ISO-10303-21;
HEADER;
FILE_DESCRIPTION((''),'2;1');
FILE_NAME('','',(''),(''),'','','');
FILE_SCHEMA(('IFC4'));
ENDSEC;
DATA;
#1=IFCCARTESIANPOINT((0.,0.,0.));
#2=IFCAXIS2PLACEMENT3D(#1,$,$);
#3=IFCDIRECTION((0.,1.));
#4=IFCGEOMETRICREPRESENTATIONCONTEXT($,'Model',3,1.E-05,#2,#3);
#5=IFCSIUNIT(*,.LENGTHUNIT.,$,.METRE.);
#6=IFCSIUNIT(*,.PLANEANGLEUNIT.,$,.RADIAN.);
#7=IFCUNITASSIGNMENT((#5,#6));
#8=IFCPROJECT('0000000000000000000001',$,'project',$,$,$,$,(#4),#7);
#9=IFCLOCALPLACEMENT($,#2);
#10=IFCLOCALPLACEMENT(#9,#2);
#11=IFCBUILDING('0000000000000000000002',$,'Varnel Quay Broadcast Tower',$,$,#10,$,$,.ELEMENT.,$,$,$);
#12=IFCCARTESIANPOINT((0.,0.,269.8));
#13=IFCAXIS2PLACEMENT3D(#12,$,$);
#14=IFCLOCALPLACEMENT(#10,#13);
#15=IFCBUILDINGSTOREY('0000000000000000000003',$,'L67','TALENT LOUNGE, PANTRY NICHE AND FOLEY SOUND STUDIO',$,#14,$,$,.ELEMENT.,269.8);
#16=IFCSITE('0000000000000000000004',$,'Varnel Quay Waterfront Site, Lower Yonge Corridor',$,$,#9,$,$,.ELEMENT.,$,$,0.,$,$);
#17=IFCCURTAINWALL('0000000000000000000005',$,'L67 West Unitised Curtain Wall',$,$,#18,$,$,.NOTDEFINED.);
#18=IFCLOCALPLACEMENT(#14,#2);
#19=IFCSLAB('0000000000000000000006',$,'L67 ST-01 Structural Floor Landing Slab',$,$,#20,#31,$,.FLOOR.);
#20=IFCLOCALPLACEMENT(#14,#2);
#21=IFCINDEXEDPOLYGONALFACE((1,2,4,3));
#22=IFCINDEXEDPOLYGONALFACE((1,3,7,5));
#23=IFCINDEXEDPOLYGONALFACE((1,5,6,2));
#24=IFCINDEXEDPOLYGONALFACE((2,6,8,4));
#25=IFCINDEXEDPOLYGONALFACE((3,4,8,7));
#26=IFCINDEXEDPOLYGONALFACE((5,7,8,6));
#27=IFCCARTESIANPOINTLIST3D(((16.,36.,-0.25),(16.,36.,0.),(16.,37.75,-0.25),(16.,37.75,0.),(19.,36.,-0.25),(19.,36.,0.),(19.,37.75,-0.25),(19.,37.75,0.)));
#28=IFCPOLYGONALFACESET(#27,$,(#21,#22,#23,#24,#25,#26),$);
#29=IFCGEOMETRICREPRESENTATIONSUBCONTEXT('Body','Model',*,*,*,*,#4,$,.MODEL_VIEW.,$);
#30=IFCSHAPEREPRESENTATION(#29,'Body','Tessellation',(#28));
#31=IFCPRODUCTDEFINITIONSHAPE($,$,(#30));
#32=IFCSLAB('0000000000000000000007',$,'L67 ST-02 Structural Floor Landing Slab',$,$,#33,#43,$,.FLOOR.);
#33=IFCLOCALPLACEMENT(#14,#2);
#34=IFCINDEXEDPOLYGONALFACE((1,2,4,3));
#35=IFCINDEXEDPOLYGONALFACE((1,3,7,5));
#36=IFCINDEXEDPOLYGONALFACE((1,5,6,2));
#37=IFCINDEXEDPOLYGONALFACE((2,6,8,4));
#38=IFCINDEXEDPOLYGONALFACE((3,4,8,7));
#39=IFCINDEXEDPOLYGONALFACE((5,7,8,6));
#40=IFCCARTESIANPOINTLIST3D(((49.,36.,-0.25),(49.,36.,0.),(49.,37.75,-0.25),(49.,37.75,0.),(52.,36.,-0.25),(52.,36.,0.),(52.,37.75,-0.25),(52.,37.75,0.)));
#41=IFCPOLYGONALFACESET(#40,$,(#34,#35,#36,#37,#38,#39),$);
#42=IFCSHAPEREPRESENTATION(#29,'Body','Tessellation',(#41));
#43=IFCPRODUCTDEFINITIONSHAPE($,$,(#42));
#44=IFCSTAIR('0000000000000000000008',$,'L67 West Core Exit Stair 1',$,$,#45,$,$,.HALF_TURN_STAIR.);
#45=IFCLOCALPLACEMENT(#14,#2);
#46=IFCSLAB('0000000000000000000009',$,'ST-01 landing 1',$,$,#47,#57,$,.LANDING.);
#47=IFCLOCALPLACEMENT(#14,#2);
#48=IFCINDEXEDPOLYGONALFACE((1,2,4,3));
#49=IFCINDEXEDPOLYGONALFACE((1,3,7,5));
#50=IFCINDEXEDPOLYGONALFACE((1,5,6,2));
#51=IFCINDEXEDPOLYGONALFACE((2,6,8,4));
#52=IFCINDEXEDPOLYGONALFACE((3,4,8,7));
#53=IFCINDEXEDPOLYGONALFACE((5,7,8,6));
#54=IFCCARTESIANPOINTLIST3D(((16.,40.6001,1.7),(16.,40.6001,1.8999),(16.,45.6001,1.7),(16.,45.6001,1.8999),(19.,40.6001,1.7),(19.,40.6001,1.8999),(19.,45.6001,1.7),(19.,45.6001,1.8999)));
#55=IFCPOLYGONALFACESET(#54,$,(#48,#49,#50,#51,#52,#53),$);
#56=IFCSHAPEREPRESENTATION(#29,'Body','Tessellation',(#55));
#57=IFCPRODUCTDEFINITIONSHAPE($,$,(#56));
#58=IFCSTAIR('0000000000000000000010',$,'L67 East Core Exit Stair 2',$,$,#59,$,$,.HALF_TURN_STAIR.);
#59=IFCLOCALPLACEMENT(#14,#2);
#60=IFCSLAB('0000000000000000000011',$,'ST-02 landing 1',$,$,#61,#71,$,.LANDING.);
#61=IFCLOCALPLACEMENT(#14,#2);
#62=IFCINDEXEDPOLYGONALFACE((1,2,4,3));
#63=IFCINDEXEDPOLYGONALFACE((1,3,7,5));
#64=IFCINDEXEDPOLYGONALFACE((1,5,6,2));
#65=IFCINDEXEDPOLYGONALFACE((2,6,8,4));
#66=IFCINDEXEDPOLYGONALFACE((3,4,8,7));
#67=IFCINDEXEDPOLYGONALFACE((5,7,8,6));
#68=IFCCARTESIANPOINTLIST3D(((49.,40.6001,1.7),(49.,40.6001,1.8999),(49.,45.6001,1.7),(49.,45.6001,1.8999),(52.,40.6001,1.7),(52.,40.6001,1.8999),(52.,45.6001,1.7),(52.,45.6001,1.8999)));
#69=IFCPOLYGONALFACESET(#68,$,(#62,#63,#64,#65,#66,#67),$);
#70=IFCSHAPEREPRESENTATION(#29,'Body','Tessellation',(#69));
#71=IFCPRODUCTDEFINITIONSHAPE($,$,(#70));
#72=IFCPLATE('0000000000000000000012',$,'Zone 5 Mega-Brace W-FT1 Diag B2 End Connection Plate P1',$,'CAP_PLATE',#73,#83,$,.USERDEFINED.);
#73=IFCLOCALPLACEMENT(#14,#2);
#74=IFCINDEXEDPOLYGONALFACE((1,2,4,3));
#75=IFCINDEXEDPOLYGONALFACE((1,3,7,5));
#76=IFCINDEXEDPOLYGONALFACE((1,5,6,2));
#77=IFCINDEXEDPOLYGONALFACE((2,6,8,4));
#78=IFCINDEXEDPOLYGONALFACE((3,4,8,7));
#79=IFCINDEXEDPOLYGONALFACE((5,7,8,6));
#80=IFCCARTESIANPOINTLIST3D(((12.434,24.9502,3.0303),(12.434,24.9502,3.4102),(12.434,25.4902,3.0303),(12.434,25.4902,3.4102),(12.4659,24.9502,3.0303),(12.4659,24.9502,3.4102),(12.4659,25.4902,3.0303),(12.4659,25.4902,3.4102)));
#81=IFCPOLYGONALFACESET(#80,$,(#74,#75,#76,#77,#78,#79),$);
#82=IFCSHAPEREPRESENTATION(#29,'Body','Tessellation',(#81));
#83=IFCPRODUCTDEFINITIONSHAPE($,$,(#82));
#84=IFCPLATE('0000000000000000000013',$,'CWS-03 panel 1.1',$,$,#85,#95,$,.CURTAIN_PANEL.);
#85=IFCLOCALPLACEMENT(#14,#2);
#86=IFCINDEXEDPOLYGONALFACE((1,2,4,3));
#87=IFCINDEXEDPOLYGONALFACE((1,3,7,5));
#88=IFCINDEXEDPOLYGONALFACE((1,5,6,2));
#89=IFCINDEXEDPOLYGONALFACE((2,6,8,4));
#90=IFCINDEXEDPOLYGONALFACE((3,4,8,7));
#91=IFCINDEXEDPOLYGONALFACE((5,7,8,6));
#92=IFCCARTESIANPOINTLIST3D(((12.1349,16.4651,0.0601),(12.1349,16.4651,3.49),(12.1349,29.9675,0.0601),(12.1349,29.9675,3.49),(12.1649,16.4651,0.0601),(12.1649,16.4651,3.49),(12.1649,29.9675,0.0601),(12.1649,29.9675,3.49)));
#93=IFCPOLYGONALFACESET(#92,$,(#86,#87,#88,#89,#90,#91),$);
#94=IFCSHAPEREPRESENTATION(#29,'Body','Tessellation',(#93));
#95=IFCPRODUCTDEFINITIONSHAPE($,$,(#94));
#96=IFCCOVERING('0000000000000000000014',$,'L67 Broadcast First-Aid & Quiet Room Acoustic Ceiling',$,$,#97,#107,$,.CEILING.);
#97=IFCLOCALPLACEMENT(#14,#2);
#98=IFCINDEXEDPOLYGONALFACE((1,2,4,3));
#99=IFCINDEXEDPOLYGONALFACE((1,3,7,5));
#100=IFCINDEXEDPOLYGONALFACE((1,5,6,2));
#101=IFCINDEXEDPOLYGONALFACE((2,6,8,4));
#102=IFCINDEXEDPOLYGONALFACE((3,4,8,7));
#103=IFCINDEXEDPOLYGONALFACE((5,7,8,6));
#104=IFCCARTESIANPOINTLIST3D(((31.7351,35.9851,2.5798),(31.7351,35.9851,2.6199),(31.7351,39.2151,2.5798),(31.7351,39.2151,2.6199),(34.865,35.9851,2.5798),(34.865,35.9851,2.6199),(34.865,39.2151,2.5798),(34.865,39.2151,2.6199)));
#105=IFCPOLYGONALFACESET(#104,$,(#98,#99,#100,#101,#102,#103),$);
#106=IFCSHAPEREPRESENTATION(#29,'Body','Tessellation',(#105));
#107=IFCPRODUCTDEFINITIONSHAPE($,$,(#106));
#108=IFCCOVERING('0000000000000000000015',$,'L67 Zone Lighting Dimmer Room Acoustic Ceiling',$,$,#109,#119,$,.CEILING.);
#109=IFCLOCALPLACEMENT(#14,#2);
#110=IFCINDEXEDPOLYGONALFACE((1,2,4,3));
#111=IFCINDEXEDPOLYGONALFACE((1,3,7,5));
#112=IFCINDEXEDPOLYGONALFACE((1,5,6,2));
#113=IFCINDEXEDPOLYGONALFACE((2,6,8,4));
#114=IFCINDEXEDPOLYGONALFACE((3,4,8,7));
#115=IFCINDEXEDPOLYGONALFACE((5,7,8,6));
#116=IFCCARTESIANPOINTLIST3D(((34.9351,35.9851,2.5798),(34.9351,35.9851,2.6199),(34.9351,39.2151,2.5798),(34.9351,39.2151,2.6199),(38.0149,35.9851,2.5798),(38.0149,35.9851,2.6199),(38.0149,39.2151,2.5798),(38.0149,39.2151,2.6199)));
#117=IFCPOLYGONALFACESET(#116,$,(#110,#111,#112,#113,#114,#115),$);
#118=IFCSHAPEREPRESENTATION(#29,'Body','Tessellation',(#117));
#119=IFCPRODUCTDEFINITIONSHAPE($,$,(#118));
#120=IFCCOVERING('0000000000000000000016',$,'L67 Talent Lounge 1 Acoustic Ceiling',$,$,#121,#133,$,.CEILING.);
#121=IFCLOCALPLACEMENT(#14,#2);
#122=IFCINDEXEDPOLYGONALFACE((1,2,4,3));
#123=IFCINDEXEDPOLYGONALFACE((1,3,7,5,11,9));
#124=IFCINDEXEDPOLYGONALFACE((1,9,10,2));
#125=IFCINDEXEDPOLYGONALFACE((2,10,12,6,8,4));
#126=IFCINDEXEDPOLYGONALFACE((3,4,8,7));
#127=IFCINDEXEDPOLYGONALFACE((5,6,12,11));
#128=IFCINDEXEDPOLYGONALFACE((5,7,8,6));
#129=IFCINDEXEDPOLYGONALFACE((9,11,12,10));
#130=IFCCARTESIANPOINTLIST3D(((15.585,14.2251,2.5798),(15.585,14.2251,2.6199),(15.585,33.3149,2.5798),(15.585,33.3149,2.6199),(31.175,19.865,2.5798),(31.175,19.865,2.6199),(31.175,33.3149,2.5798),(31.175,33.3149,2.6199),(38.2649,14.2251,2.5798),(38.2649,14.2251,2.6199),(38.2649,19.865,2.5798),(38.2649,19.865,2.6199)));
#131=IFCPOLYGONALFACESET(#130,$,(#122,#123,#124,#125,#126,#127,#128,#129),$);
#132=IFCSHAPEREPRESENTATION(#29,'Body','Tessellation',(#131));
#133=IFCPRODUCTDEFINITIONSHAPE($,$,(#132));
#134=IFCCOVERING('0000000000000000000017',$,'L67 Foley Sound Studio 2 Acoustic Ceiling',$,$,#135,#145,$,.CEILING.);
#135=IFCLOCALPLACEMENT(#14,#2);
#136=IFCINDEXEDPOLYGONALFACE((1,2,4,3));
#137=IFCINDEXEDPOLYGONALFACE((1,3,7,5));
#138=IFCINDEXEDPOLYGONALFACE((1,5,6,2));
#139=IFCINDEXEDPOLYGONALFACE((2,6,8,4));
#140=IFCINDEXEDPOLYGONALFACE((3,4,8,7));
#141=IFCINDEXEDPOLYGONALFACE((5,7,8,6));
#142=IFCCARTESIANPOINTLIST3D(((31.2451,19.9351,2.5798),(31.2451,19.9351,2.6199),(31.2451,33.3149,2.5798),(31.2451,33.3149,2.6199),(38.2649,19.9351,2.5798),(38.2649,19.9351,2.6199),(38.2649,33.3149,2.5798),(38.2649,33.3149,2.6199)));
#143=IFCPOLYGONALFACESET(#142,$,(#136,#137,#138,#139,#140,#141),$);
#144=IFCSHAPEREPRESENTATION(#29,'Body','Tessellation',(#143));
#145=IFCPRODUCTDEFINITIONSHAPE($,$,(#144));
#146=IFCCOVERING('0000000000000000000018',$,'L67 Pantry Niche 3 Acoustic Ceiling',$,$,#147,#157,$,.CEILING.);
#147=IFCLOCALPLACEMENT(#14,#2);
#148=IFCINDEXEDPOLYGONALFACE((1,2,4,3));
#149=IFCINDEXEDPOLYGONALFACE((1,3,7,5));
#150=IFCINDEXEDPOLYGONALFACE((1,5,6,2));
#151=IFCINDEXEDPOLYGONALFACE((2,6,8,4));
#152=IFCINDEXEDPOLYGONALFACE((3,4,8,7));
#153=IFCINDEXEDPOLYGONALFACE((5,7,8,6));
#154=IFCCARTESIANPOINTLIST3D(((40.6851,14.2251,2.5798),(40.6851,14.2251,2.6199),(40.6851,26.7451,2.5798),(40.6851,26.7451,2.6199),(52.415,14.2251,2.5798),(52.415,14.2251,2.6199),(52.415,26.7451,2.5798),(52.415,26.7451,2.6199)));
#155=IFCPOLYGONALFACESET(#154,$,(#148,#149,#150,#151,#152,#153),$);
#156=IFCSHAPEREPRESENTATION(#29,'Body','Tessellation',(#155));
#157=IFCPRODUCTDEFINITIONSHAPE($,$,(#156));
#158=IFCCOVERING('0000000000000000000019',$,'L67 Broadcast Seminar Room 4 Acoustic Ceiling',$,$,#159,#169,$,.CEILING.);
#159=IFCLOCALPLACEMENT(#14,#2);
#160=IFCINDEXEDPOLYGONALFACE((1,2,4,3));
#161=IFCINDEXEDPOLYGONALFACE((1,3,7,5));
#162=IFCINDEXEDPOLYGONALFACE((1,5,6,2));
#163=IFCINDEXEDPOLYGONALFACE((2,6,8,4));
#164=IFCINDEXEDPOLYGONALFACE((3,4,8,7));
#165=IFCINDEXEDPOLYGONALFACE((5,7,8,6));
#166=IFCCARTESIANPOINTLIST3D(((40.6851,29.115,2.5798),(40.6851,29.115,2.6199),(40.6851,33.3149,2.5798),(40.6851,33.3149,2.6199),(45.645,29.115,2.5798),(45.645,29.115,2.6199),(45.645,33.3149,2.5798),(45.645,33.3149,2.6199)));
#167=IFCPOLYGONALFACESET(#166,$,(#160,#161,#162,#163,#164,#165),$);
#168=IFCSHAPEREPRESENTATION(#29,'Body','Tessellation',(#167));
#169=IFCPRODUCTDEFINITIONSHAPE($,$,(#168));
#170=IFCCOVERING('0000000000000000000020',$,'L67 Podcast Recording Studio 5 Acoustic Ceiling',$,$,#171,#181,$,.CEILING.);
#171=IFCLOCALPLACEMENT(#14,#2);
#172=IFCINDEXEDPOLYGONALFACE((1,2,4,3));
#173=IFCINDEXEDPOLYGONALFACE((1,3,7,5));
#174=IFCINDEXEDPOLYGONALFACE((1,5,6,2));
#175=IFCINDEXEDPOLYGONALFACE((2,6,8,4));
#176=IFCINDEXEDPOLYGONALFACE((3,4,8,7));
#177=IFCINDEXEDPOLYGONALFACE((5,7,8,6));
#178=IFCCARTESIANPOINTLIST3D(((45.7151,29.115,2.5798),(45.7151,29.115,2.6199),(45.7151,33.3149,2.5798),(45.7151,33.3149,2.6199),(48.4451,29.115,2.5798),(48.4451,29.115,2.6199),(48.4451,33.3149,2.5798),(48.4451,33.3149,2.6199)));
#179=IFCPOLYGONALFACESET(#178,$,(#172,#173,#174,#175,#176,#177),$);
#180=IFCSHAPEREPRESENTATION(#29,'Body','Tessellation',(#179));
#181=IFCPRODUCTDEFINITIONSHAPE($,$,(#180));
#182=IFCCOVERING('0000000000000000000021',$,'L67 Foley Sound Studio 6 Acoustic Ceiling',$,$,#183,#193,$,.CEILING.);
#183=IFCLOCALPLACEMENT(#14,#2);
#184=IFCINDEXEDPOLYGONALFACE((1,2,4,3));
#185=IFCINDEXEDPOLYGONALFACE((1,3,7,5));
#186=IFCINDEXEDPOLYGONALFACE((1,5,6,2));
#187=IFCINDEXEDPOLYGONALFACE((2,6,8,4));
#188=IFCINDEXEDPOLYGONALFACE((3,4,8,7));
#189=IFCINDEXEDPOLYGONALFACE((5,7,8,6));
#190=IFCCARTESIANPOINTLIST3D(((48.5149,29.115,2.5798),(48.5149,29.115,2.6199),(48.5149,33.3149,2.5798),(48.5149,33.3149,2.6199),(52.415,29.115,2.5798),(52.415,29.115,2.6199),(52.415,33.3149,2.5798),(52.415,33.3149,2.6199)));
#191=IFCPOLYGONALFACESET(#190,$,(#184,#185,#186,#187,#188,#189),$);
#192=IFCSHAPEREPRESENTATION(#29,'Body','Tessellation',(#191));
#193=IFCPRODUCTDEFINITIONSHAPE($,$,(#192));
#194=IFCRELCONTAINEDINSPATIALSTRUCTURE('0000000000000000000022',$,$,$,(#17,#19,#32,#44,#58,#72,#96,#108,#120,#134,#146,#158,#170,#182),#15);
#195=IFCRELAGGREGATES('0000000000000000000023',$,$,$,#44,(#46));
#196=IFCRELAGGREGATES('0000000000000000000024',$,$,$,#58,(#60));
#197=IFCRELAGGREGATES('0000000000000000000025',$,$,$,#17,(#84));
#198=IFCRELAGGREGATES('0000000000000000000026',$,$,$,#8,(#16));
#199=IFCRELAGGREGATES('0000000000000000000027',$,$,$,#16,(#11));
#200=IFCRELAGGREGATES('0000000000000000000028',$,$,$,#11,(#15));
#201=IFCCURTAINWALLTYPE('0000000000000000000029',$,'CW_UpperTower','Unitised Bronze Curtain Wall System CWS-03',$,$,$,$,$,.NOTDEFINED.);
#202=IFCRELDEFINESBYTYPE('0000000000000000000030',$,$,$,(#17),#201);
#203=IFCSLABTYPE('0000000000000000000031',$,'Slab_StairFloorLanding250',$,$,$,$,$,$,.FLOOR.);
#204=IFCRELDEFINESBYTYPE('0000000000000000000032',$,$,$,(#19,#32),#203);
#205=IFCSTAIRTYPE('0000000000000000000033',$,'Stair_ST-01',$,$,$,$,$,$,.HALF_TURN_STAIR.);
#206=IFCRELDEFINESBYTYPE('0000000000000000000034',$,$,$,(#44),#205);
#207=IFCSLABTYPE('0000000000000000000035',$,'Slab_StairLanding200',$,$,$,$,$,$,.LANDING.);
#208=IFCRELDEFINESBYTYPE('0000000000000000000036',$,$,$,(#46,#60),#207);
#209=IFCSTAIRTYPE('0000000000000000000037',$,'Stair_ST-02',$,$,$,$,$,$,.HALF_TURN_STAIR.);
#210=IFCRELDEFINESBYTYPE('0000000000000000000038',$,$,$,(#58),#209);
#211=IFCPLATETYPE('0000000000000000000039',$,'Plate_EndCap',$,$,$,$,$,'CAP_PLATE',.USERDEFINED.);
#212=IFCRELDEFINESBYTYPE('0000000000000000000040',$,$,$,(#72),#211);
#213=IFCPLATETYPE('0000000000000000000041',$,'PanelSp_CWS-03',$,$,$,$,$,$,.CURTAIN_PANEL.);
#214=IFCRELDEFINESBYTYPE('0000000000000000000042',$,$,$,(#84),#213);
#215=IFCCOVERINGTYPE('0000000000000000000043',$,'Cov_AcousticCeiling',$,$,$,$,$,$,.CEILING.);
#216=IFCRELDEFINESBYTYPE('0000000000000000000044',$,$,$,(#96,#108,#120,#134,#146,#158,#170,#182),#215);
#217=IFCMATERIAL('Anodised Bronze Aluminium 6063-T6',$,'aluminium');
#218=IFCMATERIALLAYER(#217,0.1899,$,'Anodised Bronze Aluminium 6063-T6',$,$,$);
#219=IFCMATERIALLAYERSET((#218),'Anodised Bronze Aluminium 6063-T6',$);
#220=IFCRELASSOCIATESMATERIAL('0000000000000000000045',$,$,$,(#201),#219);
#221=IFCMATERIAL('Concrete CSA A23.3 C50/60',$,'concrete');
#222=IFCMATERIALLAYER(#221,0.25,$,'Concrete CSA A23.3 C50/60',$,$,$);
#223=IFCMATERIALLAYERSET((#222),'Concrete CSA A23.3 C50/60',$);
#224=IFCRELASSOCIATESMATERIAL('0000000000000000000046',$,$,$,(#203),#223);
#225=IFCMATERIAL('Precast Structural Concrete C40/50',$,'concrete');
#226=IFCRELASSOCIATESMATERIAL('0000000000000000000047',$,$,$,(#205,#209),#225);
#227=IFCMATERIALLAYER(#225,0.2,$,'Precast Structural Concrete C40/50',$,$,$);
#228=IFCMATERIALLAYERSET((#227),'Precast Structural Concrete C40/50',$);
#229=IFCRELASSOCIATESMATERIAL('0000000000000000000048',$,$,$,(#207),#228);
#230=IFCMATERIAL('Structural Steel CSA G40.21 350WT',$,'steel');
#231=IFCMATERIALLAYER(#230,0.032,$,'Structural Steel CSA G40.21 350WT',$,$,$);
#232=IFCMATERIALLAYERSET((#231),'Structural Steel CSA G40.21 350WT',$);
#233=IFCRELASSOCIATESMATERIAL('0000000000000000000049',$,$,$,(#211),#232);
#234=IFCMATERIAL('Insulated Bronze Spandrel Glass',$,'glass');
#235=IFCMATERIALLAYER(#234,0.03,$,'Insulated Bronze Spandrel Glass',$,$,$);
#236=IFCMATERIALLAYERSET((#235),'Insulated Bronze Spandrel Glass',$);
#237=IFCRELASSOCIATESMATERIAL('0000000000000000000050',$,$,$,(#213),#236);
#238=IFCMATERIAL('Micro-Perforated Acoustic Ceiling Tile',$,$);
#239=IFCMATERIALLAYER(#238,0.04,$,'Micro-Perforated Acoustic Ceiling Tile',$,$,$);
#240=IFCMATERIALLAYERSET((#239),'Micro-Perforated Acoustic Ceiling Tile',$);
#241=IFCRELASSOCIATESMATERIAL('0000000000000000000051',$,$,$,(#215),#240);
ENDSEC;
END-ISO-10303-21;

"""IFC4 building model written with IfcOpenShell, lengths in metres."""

from ifc_helpers import new_model, si_unit, direction, frame, origin, origin_2d, place, context, subcontext, project, spatial, polyline, rectangle, outline, extrude, source, transform, mapped, material, layer, layer_set, type_object, type_shapes, element, aggregate, save


model = new_model("IFC4")

# Units and contexts
model_context = context("Model", 3, precision=1e-05, world=origin(), true_north=direction((0.0, 1.0)))
body_context = subcontext(model_context, "Body", "Model", "MODEL_VIEW")
ifc_project = project(units=[si_unit("LENGTHUNIT", "METRE"), si_unit("PLANEANGLEUNIT", "RADIAN")], contexts=[model_context])

# Site, building, storey
site_placement = place(None, origin())
site = spatial("IfcSite", under=ifc_project, at=site_placement, Name="Varnel Quay Waterfront Site, Lower Yonge Corridor", CompositionType="ELEMENT", RefElevation=0.0)
building_placement = place(site_placement, origin())
building = spatial("IfcBuilding", under=site, at=building_placement, Name="Varnel Quay Broadcast Tower", CompositionType="ELEMENT")
storey_placement = place(building_placement, frame((0.0, 0.0, 269.8)))
storey = spatial("IfcBuildingStorey", under=building, at=storey_placement, Name="L67", Description="TALENT LOUNGE, PANTRY NICHE AND FOLEY SOUND STUDIO", CompositionType="ELEMENT", Elevation=269.8)

# Shared definitions
ifc_material_1 = material(Name="Anodised Bronze Aluminium 6063-T6", Category="aluminium")

# Curtain wall
ifc_layer_1 = layer(ifc_material_1, 0.1899, Name="Anodised Bronze Aluminium 6063-T6")
ifc_layer_set_1 = layer_set([ifc_layer_1], Name="Anodised Bronze Aluminium 6063-T6")
curtain_wall_type_1 = type_object("IfcCurtainWallType", Name="CW_UpperTower", Description="Unitised Bronze Curtain Wall System CWS-03", PredefinedType="NOTDEFINED", material=ifc_layer_set_1)
curtain_wall_1_placement = place(storey_placement, origin())
curtain_wall_1 = element("IfcCurtainWall", 1, at=curtain_wall_1_placement, inside=storey, type_object=curtain_wall_type_1, Name="L67 West Unitised Curtain Wall", PredefinedType="NOTDEFINED")

# Slabs
ifc_material_2 = material(Name="Concrete CSA A23.3 C50/60", Category="concrete")
ifc_layer_2 = layer(ifc_material_2, 0.25, Name="Concrete CSA A23.3 C50/60")
ifc_layer_set_2 = layer_set([ifc_layer_2], Name="Concrete CSA A23.3 C50/60")
slab_type_1 = type_object("IfcSlabType", Name="Slab_StairFloorLanding250", PredefinedType="FLOOR", material=ifc_layer_set_2)
slab_1_placement = place(storey_placement, frame((0.0, 0.0, -0.25)))
element("IfcSlab", 2, at=slab_1_placement, inside=storey, type_object=slab_type_1, Name="L67 ST-01 Structural Floor Landing Slab", PredefinedType="FLOOR", context=body_context, shape_type="SweptSolid", body=[
    extrude(outline(polyline([(19.0, 36.0), (19.0, 37.75), (16.0, 37.75), (16.0, 36.0), (19.0, 36.0)])), origin(), (0.0, 0.0, 1.0), 0.25),
])
slab_2_placement = place(storey_placement, frame((0.0, 0.0, -0.25)))
element("IfcSlab", 3, at=slab_2_placement, inside=storey, type_object=slab_type_1, Name="L67 ST-02 Structural Floor Landing Slab", PredefinedType="FLOOR", context=body_context, shape_type="SweptSolid", body=[
    extrude(outline(polyline([(52.0, 36.0), (52.0, 37.75), (49.0, 37.75), (49.0, 36.0), (52.0, 36.0)])), origin(), (0.0, 0.0, 1.0), 0.25),
])

# Stairs, slabs
ifc_material_3 = material(Name="Precast Structural Concrete C40/50", Category="concrete")
stair_type_1 = type_object("IfcStairType", Name="Stair_ST-01", PredefinedType="HALF_TURN_STAIR", material=ifc_material_3)
stair_1_placement = place(storey_placement, origin())
stair_1 = element("IfcStair", 4, at=stair_1_placement, inside=storey, type_object=stair_type_1, Name="L67 West Core Exit Stair 1", PredefinedType="HALF_TURN_STAIR")
ifc_layer_3 = layer(ifc_material_3, 0.2, Name="Precast Structural Concrete C40/50")
ifc_layer_set_3 = layer_set([ifc_layer_3], Name="Precast Structural Concrete C40/50")
slab_type_2 = type_object("IfcSlabType", Name="Slab_StairLanding200", PredefinedType="LANDING", material=ifc_layer_set_3)
slab_3_placement = place(storey_placement, frame((0.0, 0.0, 1.7)))
slab_3 = element("IfcSlab", 5, at=slab_3_placement, type_object=slab_type_2, Name="ST-01 landing 1", PredefinedType="LANDING", context=body_context, shape_type="SweptSolid", body=[
    extrude(outline(polyline([(19.0, 40.6001), (19.0, 45.6001), (16.0, 45.6001), (16.0, 40.6001), (19.0, 40.6001)])), origin(), (0.0, 0.0, 1.0), 0.2),
])
aggregate(stair_1, [slab_3])
stair_type_2 = type_object("IfcStairType", Name="Stair_ST-02", PredefinedType="HALF_TURN_STAIR", material=ifc_material_3)
stair_2_placement = place(storey_placement, origin())
stair_2 = element("IfcStair", 6, at=stair_2_placement, inside=storey, type_object=stair_type_2, Name="L67 East Core Exit Stair 2", PredefinedType="HALF_TURN_STAIR")
slab_4_placement = place(storey_placement, frame((0.0, 0.0, 1.7)))
slab_4 = element("IfcSlab", 7, at=slab_4_placement, type_object=slab_type_2, Name="ST-02 landing 1", PredefinedType="LANDING", context=body_context, shape_type="SweptSolid", body=[
    extrude(outline(polyline([(52.0, 40.6001), (52.0, 45.6001), (49.0, 45.6001), (49.0, 40.6001), (52.0, 40.6001)])), origin(), (0.0, 0.0, 1.0), 0.2),
])
aggregate(stair_2, [slab_4])

# Plates
ifc_material_4 = material(Name="Structural Steel CSA G40.21 350WT", Category="steel")
ifc_layer_4 = layer(ifc_material_4, 0.032, Name="Structural Steel CSA G40.21 350WT")
ifc_layer_set_4 = layer_set([ifc_layer_4], Name="Structural Steel CSA G40.21 350WT")
plate_type_1 = type_object("IfcPlateType", Name="Plate_EndCap", ElementType="CAP_PLATE", PredefinedType="USERDEFINED", material=ifc_layer_set_4)
shared_shape_1 = source(origin(), body_context, "Body", "SweptSolid", [
    extrude(rectangle(XDim=0.54, YDim=0.032, at=origin_2d()), origin(), (0.0, 0.0, 1.0), 0.3799),
])
type_shapes(plate_type_1, [shared_shape_1])
plate_1_placement = place(storey_placement, frame((12.45, 25.2202, 3.0303), z_axis=(0.0, 0.0, 1.0), x_axis=(0.0, 1.0, 0.0)))
element("IfcPlate", 8, at=plate_1_placement, inside=storey, type_object=plate_type_1, Name="Zone 5 Mega-Brace W-FT1 Diag B2 End Connection Plate P1", ObjectType="CAP_PLATE", PredefinedType="USERDEFINED", context=body_context, shape_type="MappedRepresentation", body=[
    mapped(shared_shape_1, transform((0.0, 0.0, 0.0), x_axis=(1.0, 0.0, 0.0), y_axis=(0.0, 1.0, 0.0), z_axis=(0.0, 0.0, 1.0), scale=1.0)),
])
ifc_material_5 = material(Name="Insulated Bronze Spandrel Glass", Category="glass")
ifc_layer_5 = layer(ifc_material_5, 0.03, Name="Insulated Bronze Spandrel Glass")
ifc_layer_set_5 = layer_set([ifc_layer_5], Name="Insulated Bronze Spandrel Glass")
plate_type_2 = type_object("IfcPlateType", Name="PanelSp_CWS-03", PredefinedType="CURTAIN_PANEL", material=ifc_layer_set_5)
shared_shape_2 = source(origin(), body_context, "Body", "SweptSolid", [
    extrude(rectangle(XDim=13.5024, YDim=0.03, at=origin_2d()), origin(), (0.0, 0.0, 1.0), 3.4299),
])
type_shapes(plate_type_2, [shared_shape_2])
plate_2_placement = place(storey_placement, frame((12.1499, 23.2163, 0.0601), z_axis=(0.0, 0.0, 1.0), x_axis=(0.0, 1.0, 0.0)))
plate_2 = element("IfcPlate", 9, at=plate_2_placement, type_object=plate_type_2, Name="CWS-03 panel 1.1", PredefinedType="CURTAIN_PANEL", context=body_context, shape_type="MappedRepresentation", body=[
    mapped(shared_shape_2, transform((0.0, 0.0, 0.0), x_axis=(1.0, 0.0, 0.0), y_axis=(0.0, 1.0, 0.0), z_axis=(0.0, 0.0, 1.0), scale=1.0)),
])
aggregate(curtain_wall_1, [plate_2])

# Coverings
ifc_material_6 = material(Name="Micro-Perforated Acoustic Ceiling Tile")
ifc_layer_6 = layer(ifc_material_6, 0.04, Name="Micro-Perforated Acoustic Ceiling Tile")
ifc_layer_set_6 = layer_set([ifc_layer_6], Name="Micro-Perforated Acoustic Ceiling Tile")
covering_type_1 = type_object("IfcCoveringType", Name="Cov_AcousticCeiling", PredefinedType="CEILING", material=ifc_layer_set_6)
covering_1_placement = place(storey_placement, frame((0.0, 0.0, 2.5798)))
element("IfcCovering", 10, at=covering_1_placement, inside=storey, type_object=covering_type_1, Name="L67 Broadcast First-Aid & Quiet Room Acoustic Ceiling", PredefinedType="CEILING", context=body_context, shape_type="SweptSolid", body=[
    extrude(outline(polyline([(31.7351, 35.9851), (34.865, 35.9851), (34.865, 39.2151), (31.7351, 39.2151), (31.7351, 35.9851)])), origin(), (0.0, 0.0, 1.0), 0.04),
])
covering_2_placement = place(storey_placement, frame((0.0, 0.0, 2.5798)))
element("IfcCovering", 11, at=covering_2_placement, inside=storey, type_object=covering_type_1, Name="L67 Zone Lighting Dimmer Room Acoustic Ceiling", PredefinedType="CEILING", context=body_context, shape_type="SweptSolid", body=[
    extrude(outline(polyline([(34.9351, 35.9851), (38.0149, 35.9851), (38.0149, 39.2151), (34.9351, 39.2151), (34.9351, 35.9851)])), origin(), (0.0, 0.0, 1.0), 0.04),
])
covering_3_placement = place(storey_placement, frame((0.0, 0.0, 2.5798)))
element("IfcCovering", 12, at=covering_3_placement, inside=storey, type_object=covering_type_1, Name="L67 Talent Lounge 1 Acoustic Ceiling", PredefinedType="CEILING", context=body_context, shape_type="SweptSolid", body=[
    extrude(outline(polyline([(15.585, 14.2251), (38.2649, 14.2251), (38.2649, 19.865), (31.175, 19.865), (31.175, 33.3149), (15.585, 33.3149), (15.585, 14.2251)])), origin(), (0.0, 0.0, 1.0), 0.04),
])
covering_4_placement = place(storey_placement, frame((0.0, 0.0, 2.5798)))
element("IfcCovering", 13, at=covering_4_placement, inside=storey, type_object=covering_type_1, Name="L67 Foley Sound Studio 2 Acoustic Ceiling", PredefinedType="CEILING", context=body_context, shape_type="SweptSolid", body=[
    extrude(outline(polyline([(31.2451, 19.9351), (38.2649, 19.9351), (38.2649, 33.3149), (31.2451, 33.3149), (31.2451, 19.9351)])), origin(), (0.0, 0.0, 1.0), 0.04),
])
covering_5_placement = place(storey_placement, frame((0.0, 0.0, 2.5798)))
element("IfcCovering", 14, at=covering_5_placement, inside=storey, type_object=covering_type_1, Name="L67 Pantry Niche 3 Acoustic Ceiling", PredefinedType="CEILING", context=body_context, shape_type="SweptSolid", body=[
    extrude(outline(polyline([(40.6851, 14.2251), (52.415, 14.2251), (52.415, 26.7451), (40.6851, 26.7451), (40.6851, 14.2251)])), origin(), (0.0, 0.0, 1.0), 0.04),
])
covering_6_placement = place(storey_placement, frame((0.0, 0.0, 2.5798)))
element("IfcCovering", 15, at=covering_6_placement, inside=storey, type_object=covering_type_1, Name="L67 Broadcast Seminar Room 4 Acoustic Ceiling", PredefinedType="CEILING", context=body_context, shape_type="SweptSolid", body=[
    extrude(outline(polyline([(40.6851, 29.115), (45.645, 29.115), (45.645, 33.3149), (40.6851, 33.3149), (40.6851, 29.115)])), origin(), (0.0, 0.0, 1.0), 0.04),
])
covering_7_placement = place(storey_placement, frame((0.0, 0.0, 2.5798)))
element("IfcCovering", 16, at=covering_7_placement, inside=storey, type_object=covering_type_1, Name="L67 Podcast Recording Studio 5 Acoustic Ceiling", PredefinedType="CEILING", context=body_context, shape_type="SweptSolid", body=[
    extrude(outline(polyline([(45.7151, 29.115), (48.4451, 29.115), (48.4451, 33.3149), (45.7151, 33.3149), (45.7151, 29.115)])), origin(), (0.0, 0.0, 1.0), 0.04),
])
covering_8_placement = place(storey_placement, frame((0.0, 0.0, 2.5798)))
element("IfcCovering", 17, at=covering_8_placement, inside=storey, type_object=covering_type_1, Name="L67 Foley Sound Studio 6 Acoustic Ceiling", PredefinedType="CEILING", context=body_context, shape_type="SweptSolid", body=[
    extrude(outline(polyline([(48.5149, 29.115), (52.415, 29.115), (52.415, 33.3149), (48.5149, 33.3149), (48.5149, 29.115)])), origin(), (0.0, 0.0, 1.0), 0.04),
])

save(model, "model.ifc")
